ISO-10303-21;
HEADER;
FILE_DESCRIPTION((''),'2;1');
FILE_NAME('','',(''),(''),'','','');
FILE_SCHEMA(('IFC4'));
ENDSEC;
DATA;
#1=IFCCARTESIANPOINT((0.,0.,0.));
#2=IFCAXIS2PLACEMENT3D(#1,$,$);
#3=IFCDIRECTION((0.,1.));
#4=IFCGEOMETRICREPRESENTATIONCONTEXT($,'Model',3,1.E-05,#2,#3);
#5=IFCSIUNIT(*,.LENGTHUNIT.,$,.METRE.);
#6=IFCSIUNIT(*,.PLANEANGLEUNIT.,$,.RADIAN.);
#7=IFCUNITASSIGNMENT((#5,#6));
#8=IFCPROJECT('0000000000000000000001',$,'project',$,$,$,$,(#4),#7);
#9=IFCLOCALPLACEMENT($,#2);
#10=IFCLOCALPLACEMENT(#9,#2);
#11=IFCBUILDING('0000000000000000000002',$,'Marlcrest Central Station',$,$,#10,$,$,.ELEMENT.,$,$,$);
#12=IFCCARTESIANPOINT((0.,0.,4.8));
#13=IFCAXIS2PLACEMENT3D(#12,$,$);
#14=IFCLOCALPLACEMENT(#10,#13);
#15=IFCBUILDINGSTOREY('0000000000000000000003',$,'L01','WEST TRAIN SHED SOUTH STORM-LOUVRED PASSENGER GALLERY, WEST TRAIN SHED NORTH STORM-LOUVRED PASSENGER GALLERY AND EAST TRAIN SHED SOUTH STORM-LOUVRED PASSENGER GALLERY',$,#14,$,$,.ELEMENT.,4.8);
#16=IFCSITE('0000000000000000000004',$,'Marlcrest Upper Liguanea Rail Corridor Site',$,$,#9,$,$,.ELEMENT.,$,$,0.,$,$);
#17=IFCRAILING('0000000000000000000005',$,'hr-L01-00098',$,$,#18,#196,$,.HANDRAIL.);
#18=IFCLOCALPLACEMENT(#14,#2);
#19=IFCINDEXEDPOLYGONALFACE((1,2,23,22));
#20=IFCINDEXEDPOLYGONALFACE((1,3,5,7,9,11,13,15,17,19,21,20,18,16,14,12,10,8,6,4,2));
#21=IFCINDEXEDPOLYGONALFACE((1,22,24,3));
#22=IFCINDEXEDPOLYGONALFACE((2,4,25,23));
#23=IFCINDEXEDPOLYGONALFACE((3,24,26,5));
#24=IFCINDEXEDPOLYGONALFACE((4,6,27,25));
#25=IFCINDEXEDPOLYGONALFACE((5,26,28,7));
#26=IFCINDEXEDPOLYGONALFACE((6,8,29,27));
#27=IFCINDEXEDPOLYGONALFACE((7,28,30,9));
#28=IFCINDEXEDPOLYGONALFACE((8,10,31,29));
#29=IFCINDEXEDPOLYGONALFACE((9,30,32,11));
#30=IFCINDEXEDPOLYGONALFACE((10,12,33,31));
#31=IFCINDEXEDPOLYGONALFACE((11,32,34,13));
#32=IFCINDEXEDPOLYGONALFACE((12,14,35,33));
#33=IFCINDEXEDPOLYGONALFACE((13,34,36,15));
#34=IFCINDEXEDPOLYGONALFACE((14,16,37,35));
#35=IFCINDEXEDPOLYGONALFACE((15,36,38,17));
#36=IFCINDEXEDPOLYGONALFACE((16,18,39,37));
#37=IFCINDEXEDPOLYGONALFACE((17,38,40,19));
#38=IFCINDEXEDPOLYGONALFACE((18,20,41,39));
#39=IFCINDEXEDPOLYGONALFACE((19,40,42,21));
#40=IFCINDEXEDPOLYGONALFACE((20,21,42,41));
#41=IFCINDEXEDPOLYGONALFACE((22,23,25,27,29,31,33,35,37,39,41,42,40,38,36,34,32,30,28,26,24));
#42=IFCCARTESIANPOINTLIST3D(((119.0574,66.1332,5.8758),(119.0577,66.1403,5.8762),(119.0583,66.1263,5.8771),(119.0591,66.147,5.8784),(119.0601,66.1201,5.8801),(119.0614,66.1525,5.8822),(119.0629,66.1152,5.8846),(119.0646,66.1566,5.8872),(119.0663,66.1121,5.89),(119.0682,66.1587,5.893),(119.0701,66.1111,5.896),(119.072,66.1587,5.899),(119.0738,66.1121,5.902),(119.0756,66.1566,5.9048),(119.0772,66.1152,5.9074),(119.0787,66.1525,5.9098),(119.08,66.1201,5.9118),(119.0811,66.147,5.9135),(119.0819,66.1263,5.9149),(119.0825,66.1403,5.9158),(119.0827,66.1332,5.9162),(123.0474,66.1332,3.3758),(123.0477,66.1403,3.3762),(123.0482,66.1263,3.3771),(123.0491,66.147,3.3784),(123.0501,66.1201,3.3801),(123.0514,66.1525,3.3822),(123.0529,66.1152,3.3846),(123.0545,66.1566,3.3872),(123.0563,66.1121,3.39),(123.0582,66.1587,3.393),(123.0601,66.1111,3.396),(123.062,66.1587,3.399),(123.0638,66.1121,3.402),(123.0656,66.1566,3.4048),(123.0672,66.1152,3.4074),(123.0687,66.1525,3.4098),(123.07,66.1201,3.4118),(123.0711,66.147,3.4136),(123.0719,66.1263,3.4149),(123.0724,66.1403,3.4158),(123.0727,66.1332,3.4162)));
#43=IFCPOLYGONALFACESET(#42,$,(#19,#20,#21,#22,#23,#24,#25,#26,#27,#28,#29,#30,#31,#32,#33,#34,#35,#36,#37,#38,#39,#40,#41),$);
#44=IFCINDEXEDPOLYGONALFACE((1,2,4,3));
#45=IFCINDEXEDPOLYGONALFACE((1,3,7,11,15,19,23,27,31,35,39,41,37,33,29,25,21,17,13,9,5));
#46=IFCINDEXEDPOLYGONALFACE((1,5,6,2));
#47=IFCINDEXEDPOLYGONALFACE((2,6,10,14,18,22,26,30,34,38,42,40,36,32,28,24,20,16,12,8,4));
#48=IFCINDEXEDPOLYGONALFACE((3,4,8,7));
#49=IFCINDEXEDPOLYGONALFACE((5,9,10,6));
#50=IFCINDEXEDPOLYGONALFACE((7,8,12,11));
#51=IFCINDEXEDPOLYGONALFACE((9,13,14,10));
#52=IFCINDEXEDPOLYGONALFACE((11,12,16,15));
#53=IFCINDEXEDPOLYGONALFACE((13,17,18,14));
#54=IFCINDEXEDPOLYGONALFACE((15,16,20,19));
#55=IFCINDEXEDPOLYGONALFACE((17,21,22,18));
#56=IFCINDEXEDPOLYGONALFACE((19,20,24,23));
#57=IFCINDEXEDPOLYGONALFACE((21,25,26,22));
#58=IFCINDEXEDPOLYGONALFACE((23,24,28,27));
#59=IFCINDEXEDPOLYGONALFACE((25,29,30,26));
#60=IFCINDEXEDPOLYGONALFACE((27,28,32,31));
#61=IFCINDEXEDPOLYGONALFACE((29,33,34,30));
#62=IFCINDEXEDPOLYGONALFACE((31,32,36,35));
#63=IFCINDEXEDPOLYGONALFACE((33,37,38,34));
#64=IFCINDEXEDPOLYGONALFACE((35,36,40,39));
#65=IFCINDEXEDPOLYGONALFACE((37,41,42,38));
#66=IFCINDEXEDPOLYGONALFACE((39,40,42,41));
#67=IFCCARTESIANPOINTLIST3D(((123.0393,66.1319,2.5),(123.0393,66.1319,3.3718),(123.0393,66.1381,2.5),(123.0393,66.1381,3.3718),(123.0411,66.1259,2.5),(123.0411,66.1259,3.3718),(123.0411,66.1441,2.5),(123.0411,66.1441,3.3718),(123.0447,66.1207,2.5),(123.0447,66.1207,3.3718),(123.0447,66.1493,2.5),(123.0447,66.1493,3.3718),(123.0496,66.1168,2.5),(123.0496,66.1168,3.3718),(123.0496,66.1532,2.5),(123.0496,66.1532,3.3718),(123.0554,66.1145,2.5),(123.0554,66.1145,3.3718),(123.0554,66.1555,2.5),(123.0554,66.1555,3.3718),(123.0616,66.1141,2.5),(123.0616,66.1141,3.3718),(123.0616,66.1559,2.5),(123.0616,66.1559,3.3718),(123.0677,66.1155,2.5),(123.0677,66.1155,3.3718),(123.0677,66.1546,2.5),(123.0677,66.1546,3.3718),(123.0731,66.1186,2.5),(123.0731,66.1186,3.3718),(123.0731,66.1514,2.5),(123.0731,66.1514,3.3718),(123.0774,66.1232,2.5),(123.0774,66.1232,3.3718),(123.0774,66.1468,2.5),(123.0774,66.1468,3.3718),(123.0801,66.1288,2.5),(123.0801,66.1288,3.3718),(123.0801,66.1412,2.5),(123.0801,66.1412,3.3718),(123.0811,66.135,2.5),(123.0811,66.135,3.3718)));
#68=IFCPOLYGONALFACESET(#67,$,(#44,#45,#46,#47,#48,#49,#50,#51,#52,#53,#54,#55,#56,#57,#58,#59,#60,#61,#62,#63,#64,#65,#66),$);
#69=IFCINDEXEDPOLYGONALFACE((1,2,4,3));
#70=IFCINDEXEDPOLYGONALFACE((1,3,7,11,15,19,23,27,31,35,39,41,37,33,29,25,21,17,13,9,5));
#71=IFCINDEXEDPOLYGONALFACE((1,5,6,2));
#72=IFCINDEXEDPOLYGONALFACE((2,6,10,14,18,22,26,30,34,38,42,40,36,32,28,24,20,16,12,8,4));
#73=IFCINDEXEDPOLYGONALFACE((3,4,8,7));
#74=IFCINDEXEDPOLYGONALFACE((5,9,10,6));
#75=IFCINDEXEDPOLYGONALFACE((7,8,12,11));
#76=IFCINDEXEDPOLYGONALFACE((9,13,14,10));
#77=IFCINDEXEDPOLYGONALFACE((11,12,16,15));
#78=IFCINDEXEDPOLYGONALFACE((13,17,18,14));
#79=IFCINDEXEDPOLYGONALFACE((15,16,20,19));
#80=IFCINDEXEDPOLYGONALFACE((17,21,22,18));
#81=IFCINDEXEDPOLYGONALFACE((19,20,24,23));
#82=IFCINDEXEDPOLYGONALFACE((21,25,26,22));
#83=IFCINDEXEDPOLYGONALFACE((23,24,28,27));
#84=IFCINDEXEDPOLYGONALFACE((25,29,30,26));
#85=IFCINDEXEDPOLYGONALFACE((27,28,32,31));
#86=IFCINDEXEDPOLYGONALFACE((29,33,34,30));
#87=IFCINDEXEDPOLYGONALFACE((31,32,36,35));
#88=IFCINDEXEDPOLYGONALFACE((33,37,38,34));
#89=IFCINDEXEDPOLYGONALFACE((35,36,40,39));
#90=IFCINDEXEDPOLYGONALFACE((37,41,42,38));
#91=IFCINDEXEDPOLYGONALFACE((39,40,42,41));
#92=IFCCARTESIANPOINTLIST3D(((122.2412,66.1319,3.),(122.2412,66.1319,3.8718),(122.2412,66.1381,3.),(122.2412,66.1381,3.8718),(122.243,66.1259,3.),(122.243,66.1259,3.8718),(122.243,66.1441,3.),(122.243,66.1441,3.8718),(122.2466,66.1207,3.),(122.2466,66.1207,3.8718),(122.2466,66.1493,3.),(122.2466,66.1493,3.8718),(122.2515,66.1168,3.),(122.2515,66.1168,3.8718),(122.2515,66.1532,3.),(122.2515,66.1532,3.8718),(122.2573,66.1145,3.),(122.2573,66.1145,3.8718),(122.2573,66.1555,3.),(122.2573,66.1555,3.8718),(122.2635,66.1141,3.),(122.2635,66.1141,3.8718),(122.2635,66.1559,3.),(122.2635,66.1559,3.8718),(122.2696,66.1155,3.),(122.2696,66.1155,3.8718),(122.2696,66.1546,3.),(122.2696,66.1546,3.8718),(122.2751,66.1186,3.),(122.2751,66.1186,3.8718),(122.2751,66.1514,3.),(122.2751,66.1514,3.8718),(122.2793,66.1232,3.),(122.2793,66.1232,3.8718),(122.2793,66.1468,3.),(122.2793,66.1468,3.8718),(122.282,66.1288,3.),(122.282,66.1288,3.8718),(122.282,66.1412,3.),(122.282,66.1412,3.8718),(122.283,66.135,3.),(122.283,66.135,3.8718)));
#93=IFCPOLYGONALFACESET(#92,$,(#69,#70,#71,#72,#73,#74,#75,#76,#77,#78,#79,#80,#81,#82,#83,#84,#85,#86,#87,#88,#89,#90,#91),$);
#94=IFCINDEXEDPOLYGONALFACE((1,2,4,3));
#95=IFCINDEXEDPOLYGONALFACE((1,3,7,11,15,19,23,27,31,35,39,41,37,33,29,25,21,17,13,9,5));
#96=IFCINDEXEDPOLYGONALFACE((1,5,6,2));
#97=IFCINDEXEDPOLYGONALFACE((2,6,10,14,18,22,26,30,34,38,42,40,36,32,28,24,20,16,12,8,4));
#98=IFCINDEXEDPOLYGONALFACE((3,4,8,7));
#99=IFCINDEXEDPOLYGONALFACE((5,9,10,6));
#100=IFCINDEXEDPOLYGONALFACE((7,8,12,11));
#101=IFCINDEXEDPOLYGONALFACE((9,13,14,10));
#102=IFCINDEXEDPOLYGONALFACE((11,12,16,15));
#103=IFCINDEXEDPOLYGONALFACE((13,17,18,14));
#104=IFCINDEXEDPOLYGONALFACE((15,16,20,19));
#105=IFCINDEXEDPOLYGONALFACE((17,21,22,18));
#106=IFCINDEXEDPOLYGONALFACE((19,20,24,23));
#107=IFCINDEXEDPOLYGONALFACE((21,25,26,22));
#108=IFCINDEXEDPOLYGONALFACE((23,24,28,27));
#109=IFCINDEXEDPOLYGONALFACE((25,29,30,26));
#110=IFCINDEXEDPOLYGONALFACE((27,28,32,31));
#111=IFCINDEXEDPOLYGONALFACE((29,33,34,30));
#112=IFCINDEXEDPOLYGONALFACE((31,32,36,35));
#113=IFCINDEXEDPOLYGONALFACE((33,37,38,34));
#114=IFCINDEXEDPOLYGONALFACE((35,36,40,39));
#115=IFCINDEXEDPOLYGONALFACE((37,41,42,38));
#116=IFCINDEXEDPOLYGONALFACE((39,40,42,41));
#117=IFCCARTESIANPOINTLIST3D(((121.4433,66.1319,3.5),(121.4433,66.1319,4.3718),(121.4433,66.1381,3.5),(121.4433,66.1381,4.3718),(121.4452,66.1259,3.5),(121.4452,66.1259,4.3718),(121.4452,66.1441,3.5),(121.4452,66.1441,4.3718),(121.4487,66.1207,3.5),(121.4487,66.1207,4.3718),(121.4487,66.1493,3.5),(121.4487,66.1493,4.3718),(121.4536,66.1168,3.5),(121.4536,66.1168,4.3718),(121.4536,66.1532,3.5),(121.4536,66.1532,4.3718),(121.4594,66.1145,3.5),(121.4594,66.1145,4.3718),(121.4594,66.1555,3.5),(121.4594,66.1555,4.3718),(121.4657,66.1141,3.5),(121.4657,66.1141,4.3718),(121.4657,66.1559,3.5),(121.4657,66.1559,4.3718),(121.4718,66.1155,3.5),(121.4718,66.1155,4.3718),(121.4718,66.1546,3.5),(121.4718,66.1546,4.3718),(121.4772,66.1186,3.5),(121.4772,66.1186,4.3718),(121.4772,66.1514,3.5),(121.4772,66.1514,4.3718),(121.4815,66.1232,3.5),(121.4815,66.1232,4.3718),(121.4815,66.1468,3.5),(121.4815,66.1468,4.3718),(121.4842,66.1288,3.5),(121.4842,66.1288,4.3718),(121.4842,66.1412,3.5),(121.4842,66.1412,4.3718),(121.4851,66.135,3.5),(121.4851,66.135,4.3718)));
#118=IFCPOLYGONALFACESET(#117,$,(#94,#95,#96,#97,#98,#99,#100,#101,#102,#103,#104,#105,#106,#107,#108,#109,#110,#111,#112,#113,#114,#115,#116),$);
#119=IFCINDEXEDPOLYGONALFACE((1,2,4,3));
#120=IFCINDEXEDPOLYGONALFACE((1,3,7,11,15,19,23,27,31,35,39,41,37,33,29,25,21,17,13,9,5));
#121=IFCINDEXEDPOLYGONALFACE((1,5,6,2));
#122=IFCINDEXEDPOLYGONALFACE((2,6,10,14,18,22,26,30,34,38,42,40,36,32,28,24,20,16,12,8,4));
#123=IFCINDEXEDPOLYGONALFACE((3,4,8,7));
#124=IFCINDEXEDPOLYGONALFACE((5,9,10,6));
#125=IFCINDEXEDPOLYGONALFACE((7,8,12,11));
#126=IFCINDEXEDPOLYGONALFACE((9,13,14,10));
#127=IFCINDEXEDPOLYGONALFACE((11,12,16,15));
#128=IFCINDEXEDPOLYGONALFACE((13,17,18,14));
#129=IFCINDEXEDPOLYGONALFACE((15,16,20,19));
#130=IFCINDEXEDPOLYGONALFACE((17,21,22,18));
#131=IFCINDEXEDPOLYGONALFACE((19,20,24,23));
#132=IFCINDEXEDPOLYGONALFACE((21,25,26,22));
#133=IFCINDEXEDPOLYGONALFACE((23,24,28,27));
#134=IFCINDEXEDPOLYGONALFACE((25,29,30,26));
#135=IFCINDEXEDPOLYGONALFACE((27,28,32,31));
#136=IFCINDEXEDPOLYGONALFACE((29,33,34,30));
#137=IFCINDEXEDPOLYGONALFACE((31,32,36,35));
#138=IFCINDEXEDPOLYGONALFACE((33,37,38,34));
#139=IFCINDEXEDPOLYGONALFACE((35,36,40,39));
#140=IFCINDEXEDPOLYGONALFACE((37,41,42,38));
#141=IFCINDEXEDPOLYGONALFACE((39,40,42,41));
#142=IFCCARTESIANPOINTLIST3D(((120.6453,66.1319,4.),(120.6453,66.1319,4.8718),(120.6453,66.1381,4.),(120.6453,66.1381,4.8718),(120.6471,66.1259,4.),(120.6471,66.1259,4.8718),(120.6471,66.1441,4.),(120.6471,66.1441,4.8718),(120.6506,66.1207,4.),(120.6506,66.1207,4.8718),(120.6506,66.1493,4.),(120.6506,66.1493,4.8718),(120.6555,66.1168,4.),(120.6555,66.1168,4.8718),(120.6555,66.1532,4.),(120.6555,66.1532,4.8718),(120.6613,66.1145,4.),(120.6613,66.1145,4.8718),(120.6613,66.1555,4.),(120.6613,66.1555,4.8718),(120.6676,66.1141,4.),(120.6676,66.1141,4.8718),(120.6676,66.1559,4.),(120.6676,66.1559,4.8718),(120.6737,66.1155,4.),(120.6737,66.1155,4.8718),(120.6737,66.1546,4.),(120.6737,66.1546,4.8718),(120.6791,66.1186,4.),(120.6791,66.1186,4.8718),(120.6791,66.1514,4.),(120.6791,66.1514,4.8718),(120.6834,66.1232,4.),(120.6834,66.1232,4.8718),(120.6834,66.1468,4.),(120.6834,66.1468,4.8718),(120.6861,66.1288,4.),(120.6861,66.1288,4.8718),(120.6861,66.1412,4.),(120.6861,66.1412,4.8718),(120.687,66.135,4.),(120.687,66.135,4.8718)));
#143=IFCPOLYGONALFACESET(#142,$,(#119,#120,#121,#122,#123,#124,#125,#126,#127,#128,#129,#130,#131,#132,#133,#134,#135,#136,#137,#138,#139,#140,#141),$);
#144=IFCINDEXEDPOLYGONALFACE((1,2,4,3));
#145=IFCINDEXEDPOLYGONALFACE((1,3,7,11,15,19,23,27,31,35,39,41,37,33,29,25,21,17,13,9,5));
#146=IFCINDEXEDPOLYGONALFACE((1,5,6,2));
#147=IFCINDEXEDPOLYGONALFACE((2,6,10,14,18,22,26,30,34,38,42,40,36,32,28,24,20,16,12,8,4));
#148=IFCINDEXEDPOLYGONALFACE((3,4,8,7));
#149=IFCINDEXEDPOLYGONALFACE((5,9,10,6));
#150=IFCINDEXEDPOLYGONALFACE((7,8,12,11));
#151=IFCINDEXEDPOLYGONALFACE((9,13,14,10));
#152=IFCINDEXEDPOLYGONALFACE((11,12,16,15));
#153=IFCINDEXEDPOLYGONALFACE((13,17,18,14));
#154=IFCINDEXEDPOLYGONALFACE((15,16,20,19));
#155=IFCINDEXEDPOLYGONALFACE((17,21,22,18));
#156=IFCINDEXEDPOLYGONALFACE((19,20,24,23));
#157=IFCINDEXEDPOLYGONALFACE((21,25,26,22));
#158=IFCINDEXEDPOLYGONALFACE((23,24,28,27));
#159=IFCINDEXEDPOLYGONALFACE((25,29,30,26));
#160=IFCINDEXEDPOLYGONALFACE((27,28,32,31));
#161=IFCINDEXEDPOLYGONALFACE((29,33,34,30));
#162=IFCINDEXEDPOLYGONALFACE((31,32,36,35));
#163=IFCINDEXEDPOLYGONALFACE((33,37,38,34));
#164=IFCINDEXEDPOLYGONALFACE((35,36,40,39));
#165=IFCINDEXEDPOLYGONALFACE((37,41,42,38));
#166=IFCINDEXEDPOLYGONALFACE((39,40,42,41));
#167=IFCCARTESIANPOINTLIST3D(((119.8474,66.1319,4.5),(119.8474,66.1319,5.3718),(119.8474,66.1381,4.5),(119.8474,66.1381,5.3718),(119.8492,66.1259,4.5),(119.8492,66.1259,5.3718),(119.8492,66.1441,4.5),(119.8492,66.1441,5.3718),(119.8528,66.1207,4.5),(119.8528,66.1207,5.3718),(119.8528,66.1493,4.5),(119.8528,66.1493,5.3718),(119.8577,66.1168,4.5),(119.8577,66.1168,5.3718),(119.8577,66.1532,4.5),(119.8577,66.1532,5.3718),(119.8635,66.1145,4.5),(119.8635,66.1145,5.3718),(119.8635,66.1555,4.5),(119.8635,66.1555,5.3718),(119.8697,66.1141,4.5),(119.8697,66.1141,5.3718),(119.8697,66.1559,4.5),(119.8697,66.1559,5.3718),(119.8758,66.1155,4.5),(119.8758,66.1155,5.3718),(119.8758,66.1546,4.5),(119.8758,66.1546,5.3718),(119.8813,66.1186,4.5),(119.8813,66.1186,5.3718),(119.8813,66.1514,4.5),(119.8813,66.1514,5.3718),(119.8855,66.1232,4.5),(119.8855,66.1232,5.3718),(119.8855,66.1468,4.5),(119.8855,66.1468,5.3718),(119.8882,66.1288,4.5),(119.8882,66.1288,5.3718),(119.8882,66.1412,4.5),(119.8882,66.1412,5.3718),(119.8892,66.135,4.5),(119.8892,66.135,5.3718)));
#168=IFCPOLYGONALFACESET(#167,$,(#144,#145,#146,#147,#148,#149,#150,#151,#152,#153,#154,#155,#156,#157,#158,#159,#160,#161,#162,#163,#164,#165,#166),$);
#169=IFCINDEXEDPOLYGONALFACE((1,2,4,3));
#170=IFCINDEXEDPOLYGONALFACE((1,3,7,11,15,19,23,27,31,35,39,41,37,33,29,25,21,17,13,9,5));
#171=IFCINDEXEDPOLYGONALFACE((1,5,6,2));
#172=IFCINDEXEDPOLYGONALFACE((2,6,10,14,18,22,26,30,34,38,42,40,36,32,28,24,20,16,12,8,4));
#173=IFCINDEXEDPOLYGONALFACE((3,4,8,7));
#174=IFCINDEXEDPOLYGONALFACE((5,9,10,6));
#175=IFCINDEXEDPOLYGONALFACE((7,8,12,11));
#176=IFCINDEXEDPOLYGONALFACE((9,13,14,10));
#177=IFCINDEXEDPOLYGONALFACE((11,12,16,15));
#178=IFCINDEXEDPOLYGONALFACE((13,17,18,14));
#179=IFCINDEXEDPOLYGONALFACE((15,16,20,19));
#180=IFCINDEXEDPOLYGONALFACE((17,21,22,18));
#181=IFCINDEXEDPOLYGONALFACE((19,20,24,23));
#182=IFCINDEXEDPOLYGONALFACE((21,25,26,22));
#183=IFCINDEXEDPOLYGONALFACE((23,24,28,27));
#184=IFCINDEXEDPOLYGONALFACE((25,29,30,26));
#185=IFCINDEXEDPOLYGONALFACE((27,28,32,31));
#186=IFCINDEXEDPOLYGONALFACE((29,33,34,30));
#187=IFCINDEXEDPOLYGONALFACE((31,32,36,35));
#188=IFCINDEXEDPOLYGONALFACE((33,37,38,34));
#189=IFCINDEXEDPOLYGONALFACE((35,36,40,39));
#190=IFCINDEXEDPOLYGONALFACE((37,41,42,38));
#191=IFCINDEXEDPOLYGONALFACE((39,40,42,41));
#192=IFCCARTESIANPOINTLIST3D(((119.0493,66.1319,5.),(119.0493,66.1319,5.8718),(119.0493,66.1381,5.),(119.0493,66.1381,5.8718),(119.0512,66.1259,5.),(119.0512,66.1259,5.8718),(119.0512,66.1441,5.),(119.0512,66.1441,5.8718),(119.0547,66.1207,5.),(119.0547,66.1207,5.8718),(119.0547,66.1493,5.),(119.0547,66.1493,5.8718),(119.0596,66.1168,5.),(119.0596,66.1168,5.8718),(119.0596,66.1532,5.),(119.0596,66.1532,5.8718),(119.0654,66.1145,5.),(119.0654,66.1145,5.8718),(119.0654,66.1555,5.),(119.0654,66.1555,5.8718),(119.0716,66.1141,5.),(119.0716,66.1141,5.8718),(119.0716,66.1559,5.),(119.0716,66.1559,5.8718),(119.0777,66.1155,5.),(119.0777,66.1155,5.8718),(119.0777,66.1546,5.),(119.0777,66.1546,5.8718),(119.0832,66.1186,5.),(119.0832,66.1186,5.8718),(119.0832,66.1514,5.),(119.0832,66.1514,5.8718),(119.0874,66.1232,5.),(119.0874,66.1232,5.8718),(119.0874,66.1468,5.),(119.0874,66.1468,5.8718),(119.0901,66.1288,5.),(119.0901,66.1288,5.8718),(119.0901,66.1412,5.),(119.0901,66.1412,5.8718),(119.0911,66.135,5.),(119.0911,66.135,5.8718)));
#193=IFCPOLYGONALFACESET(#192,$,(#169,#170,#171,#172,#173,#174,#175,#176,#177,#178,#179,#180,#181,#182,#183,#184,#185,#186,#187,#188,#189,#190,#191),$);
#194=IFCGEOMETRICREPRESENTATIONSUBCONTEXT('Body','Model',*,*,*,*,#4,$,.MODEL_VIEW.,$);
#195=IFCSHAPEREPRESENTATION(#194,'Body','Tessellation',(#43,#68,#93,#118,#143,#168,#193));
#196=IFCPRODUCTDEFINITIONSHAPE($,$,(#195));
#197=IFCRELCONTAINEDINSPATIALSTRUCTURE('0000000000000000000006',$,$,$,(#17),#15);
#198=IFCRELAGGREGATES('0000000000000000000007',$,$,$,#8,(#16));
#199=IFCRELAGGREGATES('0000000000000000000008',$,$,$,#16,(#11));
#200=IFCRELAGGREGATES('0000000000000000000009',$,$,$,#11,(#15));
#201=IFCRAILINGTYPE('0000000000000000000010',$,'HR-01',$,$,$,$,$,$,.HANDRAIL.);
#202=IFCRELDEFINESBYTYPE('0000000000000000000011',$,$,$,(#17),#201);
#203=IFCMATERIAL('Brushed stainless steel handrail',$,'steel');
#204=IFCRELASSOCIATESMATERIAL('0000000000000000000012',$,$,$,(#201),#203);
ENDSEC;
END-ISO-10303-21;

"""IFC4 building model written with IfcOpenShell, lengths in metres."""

from ifc_helpers import new_model, si_unit, direction, frame, origin, origin_2d, place, context, subcontext, project, spatial, circle, extrude, material, type_object, element, save


model = new_model("IFC4")

# Units and contexts
model_context = context("Model", 3, precision=1e-05, world=origin(), true_north=direction((0.0, 1.0)))
body_context = subcontext(model_context, "Body", "Model", "MODEL_VIEW")
ifc_project = project(units=[si_unit("LENGTHUNIT", "METRE"), si_unit("PLANEANGLEUNIT", "RADIAN")], contexts=[model_context])

# Site, building, storey
site_placement = place(None, origin())
site = spatial("IfcSite", under=ifc_project, at=site_placement, Name="Marlcrest Upper Liguanea Rail Corridor Site", CompositionType="ELEMENT", RefElevation=0.0)
building_placement = place(site_placement, origin())
building = spatial("IfcBuilding", under=site, at=building_placement, Name="Marlcrest Central Station", CompositionType="ELEMENT")
storey_placement = place(building_placement, frame((0.0, 0.0, 4.8)))
storey = spatial("IfcBuildingStorey", under=building, at=storey_placement, Name="L01", Description="WEST TRAIN SHED SOUTH STORM-LOUVRED PASSENGER GALLERY, WEST TRAIN SHED NORTH STORM-LOUVRED PASSENGER GALLERY AND EAST TRAIN SHED SOUTH STORM-LOUVRED PASSENGER GALLERY", CompositionType="ELEMENT", Elevation=4.8)

# Railing
ifc_material_1 = material(Name="Brushed stainless steel handrail", Category="steel")
railing_type_1 = type_object("IfcRailingType", Name="HR-01", PredefinedType="HANDRAIL", material=ifc_material_1)
railing_1_placement = place(storey_placement, frame((123.0601, 66.135, 2.5)))
element("IfcRailing", 1, at=railing_1_placement, inside=storey, type_object=railing_type_1, Name="hr-L01-00098", PredefinedType="HANDRAIL", context=body_context, shape_type="SweptSolid", body=[
    extrude(circle(Radius=0.0239, at=origin_2d()), frame((0.0, 0.0, 0.896), z_axis=(-0.847401, 0.0, 0.530954), x_axis=(0.0, -1.0, 0.0)), (0.0, 0.0, 1.0), 4.7085),
    extrude(circle(Radius=0.021, at=origin_2d()), origin(), (0.0, 0.0, 1.0), 0.8718),
    extrude(circle(Radius=0.021, at=origin_2d()), frame((-0.7981, 0.0, 0.5)), (0.0, 0.0, 1.0), 0.8718),
    extrude(circle(Radius=0.021, at=origin_2d()), frame((-1.5959, 0.0, 1.0)), (0.0, 0.0, 1.0), 0.8718),
    extrude(circle(Radius=0.021, at=origin_2d()), frame((-2.394, 0.0, 1.5)), (0.0, 0.0, 1.0), 0.8718),
    extrude(circle(Radius=0.021, at=origin_2d()), frame((-3.1919, 0.0, 2.0)), (0.0, 0.0, 1.0), 0.8718),
    extrude(circle(Radius=0.021, at=origin_2d()), frame((-3.99, 0.0, 2.5)), (0.0, 0.0, 1.0), 0.8718),
])

save(model, "model.ifc")
